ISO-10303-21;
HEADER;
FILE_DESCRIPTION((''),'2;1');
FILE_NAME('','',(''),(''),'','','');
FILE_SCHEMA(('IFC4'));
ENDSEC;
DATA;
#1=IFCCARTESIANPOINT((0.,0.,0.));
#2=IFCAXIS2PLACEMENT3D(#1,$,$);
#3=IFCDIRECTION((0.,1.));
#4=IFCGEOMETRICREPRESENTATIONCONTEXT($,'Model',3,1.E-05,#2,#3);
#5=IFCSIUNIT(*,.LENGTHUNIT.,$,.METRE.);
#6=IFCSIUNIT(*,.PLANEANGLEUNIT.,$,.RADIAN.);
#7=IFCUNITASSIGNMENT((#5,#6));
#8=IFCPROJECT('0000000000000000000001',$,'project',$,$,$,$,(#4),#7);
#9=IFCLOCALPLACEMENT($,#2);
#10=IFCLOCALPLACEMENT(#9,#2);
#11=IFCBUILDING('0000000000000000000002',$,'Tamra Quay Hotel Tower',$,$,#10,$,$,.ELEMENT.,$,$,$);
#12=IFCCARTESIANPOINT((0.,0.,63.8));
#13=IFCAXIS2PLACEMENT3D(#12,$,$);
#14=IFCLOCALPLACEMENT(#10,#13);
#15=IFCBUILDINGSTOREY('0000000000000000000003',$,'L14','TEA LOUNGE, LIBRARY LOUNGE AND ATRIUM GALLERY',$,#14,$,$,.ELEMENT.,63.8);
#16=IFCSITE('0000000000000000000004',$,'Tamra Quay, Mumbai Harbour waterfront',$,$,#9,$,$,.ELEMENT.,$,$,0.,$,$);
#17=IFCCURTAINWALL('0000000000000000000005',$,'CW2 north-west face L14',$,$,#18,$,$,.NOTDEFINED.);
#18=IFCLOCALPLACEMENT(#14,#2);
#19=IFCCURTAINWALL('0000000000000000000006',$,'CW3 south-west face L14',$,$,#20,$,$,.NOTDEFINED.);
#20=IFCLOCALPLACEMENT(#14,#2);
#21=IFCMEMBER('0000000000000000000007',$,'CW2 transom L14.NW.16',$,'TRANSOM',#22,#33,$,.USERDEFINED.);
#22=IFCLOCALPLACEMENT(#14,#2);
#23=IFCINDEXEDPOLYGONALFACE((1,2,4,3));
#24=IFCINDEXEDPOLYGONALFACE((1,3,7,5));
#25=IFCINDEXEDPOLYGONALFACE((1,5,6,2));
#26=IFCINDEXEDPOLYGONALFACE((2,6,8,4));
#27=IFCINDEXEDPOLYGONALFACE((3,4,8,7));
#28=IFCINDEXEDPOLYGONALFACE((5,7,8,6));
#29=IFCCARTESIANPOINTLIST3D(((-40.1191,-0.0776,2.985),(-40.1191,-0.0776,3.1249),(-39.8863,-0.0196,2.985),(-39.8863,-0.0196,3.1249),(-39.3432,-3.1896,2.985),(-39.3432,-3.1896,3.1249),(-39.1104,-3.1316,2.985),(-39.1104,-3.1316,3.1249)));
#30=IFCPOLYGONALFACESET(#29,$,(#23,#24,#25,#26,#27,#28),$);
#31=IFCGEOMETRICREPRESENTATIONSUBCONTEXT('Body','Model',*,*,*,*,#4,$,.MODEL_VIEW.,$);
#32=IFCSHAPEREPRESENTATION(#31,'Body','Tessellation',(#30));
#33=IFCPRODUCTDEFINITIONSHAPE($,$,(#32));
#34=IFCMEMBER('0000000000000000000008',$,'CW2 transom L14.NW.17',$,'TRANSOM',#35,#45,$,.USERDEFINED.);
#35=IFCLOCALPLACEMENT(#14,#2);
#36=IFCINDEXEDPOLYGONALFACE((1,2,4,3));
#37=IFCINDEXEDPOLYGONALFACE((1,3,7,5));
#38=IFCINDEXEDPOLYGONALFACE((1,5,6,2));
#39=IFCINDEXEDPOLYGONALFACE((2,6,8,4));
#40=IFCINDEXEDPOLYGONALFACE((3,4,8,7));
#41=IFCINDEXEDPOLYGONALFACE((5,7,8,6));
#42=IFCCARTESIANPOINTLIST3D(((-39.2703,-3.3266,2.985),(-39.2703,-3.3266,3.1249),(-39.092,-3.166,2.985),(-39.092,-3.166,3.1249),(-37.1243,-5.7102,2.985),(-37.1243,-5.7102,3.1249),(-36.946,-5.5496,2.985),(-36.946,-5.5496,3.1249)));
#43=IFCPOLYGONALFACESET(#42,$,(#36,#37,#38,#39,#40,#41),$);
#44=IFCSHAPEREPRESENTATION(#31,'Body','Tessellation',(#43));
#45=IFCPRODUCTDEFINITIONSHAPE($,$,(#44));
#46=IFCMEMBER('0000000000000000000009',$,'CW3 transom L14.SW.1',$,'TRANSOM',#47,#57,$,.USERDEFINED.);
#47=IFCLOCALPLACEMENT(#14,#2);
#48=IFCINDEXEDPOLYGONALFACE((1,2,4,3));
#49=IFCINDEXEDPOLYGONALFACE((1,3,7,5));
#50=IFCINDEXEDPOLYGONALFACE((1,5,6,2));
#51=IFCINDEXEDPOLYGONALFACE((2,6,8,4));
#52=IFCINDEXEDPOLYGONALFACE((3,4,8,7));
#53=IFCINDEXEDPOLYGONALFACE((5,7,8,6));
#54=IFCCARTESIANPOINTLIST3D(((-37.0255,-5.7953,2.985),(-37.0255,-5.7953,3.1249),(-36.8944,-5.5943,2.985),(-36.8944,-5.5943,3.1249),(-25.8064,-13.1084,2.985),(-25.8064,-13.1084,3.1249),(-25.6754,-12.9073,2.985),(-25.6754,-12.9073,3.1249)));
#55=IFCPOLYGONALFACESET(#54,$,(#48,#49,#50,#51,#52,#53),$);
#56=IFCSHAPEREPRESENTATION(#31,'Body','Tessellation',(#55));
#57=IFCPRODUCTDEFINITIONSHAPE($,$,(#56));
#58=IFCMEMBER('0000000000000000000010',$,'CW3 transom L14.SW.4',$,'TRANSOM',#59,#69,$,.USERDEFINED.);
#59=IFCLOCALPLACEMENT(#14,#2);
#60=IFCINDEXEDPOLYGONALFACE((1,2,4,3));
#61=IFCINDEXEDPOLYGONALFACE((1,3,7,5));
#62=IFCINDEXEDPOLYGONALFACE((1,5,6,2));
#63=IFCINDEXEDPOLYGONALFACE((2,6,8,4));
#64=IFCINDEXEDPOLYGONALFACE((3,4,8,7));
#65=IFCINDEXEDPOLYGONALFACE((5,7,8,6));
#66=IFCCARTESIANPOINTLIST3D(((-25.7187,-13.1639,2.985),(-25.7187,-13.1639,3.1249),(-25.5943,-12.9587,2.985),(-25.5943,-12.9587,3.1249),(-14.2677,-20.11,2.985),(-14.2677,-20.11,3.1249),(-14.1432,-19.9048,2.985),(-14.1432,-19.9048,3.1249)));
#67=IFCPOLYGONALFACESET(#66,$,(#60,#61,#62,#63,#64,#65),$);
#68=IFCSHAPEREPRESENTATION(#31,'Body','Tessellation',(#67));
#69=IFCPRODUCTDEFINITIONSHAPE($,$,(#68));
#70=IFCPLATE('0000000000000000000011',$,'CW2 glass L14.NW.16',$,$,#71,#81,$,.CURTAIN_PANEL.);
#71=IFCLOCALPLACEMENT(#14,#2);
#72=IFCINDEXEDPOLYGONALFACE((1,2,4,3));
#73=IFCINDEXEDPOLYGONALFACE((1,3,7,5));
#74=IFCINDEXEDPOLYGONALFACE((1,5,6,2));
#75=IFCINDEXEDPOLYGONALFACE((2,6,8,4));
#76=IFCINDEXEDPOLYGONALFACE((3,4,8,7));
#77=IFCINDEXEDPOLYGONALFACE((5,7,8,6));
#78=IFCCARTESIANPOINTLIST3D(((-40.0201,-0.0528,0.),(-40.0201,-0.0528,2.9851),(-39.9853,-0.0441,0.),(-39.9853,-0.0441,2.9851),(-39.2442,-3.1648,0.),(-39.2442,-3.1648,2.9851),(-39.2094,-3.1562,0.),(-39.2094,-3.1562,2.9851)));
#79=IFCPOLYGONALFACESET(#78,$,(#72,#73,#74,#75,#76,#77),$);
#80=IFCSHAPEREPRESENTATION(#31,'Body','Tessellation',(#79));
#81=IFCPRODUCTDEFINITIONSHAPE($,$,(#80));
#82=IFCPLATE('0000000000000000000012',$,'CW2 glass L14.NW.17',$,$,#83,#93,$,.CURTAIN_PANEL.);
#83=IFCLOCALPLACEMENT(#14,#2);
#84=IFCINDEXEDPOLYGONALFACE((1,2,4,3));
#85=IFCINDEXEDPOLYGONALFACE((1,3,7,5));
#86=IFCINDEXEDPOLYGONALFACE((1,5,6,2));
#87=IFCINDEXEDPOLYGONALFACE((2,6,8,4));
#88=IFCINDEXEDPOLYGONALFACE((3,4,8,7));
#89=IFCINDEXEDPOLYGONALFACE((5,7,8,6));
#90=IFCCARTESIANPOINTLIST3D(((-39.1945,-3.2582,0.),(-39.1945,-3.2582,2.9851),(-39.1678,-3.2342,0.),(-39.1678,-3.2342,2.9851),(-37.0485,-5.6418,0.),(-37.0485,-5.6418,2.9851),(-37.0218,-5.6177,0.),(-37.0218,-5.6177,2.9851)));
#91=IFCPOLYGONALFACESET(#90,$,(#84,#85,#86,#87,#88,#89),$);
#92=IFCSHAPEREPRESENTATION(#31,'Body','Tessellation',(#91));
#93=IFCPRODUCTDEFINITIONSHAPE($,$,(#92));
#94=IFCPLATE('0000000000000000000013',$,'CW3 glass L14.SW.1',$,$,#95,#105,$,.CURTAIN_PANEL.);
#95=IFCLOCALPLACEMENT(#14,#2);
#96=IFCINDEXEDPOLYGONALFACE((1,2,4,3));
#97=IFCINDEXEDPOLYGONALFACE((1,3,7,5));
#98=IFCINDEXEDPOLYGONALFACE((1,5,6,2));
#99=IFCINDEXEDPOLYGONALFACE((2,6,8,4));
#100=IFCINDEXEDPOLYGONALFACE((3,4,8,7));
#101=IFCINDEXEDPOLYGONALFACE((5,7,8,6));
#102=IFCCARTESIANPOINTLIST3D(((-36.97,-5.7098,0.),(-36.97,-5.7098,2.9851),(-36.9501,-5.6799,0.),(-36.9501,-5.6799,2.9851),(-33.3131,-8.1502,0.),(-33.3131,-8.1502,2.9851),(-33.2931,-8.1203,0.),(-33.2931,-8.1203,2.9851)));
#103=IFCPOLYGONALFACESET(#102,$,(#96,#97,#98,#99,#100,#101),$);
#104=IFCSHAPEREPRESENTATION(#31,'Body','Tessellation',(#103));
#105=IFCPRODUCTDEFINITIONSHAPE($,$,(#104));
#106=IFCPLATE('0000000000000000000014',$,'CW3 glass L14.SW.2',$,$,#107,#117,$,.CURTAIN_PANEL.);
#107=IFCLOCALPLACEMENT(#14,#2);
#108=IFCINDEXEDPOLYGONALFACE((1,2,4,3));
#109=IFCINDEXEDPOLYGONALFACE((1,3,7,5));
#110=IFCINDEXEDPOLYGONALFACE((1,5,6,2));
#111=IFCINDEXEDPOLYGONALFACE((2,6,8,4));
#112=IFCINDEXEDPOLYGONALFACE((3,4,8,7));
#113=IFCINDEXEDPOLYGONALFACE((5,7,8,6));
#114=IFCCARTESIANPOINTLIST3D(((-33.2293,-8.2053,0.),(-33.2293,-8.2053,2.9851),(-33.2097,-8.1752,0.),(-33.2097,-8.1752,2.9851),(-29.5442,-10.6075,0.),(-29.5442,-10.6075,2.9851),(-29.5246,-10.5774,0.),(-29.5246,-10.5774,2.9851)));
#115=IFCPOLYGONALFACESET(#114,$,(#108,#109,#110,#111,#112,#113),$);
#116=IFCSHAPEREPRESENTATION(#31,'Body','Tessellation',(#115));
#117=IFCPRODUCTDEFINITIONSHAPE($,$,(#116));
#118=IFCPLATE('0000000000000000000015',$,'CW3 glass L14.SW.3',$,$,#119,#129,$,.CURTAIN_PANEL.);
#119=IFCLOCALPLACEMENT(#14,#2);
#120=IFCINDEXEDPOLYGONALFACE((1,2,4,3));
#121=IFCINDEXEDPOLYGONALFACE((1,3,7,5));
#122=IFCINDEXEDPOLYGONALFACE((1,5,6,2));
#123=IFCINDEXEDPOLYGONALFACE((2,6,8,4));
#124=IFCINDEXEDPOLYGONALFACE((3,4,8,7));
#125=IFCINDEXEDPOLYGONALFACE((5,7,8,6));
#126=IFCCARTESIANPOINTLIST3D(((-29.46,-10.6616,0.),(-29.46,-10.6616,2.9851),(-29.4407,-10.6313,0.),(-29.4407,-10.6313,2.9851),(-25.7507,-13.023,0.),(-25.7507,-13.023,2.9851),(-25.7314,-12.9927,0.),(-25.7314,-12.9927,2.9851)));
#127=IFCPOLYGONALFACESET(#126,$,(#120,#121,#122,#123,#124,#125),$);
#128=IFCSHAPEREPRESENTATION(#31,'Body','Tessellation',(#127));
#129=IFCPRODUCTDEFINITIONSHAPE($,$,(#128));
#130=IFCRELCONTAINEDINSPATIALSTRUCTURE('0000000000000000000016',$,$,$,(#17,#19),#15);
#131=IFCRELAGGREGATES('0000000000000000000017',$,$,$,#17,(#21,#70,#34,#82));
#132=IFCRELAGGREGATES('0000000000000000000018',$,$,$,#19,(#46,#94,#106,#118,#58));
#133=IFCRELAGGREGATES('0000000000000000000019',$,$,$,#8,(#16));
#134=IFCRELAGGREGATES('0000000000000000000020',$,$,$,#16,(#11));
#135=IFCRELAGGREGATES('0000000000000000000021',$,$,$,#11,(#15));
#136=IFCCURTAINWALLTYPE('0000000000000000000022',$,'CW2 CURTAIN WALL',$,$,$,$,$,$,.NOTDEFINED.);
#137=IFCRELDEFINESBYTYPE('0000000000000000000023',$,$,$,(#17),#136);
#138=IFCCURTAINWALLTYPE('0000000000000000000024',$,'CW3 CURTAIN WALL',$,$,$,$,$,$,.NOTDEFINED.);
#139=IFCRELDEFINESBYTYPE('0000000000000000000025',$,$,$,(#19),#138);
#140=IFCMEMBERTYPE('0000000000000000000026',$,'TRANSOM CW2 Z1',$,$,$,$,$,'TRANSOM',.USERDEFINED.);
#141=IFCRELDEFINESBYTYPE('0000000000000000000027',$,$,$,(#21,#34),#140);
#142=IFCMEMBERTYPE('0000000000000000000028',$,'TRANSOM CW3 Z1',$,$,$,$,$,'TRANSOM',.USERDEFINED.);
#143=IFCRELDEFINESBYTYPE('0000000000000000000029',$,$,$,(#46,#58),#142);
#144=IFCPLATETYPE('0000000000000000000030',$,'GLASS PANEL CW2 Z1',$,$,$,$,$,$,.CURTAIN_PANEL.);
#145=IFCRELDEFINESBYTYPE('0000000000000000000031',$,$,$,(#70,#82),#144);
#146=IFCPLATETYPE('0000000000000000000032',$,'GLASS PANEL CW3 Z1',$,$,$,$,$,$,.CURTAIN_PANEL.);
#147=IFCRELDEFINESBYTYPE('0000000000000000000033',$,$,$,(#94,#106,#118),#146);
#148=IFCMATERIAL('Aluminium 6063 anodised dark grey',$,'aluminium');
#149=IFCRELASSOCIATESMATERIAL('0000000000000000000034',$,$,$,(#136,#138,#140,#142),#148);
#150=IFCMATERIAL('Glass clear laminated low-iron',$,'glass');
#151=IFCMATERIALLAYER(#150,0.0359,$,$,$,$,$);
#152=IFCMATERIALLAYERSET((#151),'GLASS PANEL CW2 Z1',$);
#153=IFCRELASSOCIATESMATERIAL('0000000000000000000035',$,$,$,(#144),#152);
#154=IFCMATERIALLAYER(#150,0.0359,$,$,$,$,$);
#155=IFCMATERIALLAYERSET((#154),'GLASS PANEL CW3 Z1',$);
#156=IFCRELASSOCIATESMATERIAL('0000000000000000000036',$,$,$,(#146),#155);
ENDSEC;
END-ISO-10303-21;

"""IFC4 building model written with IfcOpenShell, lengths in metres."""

from ifc_helpers import new_model, si_unit, direction, frame, origin, origin_2d, place, context, subcontext, project, spatial, rectangle, extrude, material, layer, layer_set, material_profile, profile_set, type_object, element, aggregate, save


model = new_model("IFC4")

# Units and contexts
model_context = context("Model", 3, precision=1e-05, world=origin(), true_north=direction((0.0, 1.0)))
body_context = subcontext(model_context, "Body", "Model", "MODEL_VIEW")
ifc_project = project(units=[si_unit("LENGTHUNIT", "METRE"), si_unit("PLANEANGLEUNIT", "RADIAN")], contexts=[model_context])

# Site, building, storey
site_placement = place(None, origin())
site = spatial("IfcSite", under=ifc_project, at=site_placement, Name="Tamra Quay, Mumbai Harbour waterfront", CompositionType="ELEMENT", RefElevation=0.0)
building_placement = place(site_placement, origin())
building = spatial("IfcBuilding", under=site, at=building_placement, Name="Tamra Quay Hotel Tower", CompositionType="ELEMENT")
storey_placement = place(building_placement, frame((0.0, 0.0, 63.8)))
storey = spatial("IfcBuildingStorey", under=building, at=storey_placement, Name="L14", Description="TEA LOUNGE, LIBRARY LOUNGE AND ATRIUM GALLERY", CompositionType="ELEMENT", Elevation=63.8)

# Curtain walls
ifc_material_1 = material(Name="Aluminium 6063 anodised dark grey", Category="aluminium")
curtain_wall_type_1 = type_object("IfcCurtainWallType", Name="CW2 CURTAIN WALL", PredefinedType="NOTDEFINED", material=ifc_material_1)
curtain_wall_1_placement = place(storey_placement, origin())
curtain_wall_1 = element("IfcCurtainWall", 1, at=curtain_wall_1_placement, inside=storey, type_object=curtain_wall_type_1, Name="CW2 north-west face L14", PredefinedType="NOTDEFINED")
curtain_wall_type_2 = type_object("IfcCurtainWallType", Name="CW3 CURTAIN WALL", PredefinedType="NOTDEFINED", material=ifc_material_1)
curtain_wall_2_placement = place(storey_placement, origin())
curtain_wall_2 = element("IfcCurtainWall", 2, at=curtain_wall_2_placement, inside=storey, type_object=curtain_wall_type_2, Name="CW3 south-west face L14", PredefinedType="NOTDEFINED")

# Members
ifc_material_profile_1 = material_profile(ifc_material_1, rectangle(XDim=0.24, YDim=0.1399, at=origin_2d()), Name="TRANSOM 240X140")
ifc_profile_set_1 = profile_set([ifc_material_profile_1], Name="Aluminium 6063 anodised dark grey")
member_type_1 = type_object("IfcMemberType", Name="TRANSOM CW2 Z1", ElementType="TRANSOM", PredefinedType="USERDEFINED", material=ifc_profile_set_1)
member_1_placement = place(storey_placement, frame((-40.0027, -0.0486, 3.0549), z_axis=(0.241909, -0.970299, 0.0), x_axis=(0.970299, 0.241909, 0.0)))
member_1 = element("IfcMember", 3, at=member_1_placement, type_object=member_type_1, Name="CW2 transom L14.NW.16", ObjectType="TRANSOM", PredefinedType="USERDEFINED", context=body_context, shape_type="SweptSolid", body=[
    extrude(rectangle(XDim=0.24, YDim=0.1399, at=origin_2d()), origin(), (0.0, 0.0, 1.0), 3.2073),
])
member_2_placement = place(storey_placement, frame((-39.1812, -3.2463, 3.0549), z_axis=(0.669104, -0.743169, 0.0), x_axis=(0.743169, 0.669104, 0.0)))
member_2 = element("IfcMember", 4, at=member_2_placement, type_object=member_type_1, Name="CW2 transom L14.NW.17", ObjectType="TRANSOM", PredefinedType="USERDEFINED", context=body_context, shape_type="SweptSolid", body=[
    extrude(rectangle(XDim=0.24, YDim=0.1399, at=origin_2d()), origin(), (0.0, 0.0, 1.0), 3.2073),
])
ifc_material_profile_2 = material_profile(ifc_material_1, rectangle(XDim=0.24, YDim=0.1399, at=origin_2d()), Name="TRANSOM 240X140")
ifc_profile_set_2 = profile_set([ifc_material_profile_2], Name="Aluminium 6063 anodised dark grey")
member_type_2 = type_object("IfcMemberType", Name="TRANSOM CW3 Z1", ElementType="TRANSOM", PredefinedType="USERDEFINED", material=ifc_profile_set_2)
member_3_placement = place(storey_placement, frame((-36.96, -5.6948, 3.0549), z_axis=(0.837739, -0.546071, 0.0), x_axis=(0.546071, 0.837739, 0.0)))
member_3 = element("IfcMember", 5, at=member_3_placement, type_object=member_type_2, Name="CW3 transom L14.SW.1", ObjectType="TRANSOM", PredefinedType="USERDEFINED", context=body_context, shape_type="SweptSolid", body=[
    extrude(rectangle(XDim=0.24, YDim=0.1399, at=origin_2d()), origin(), (0.0, 0.0, 1.0), 13.3921),
])
member_4_placement = place(storey_placement, frame((-25.6565, -13.0613, 3.0549), z_axis=(0.854996, -0.518634, 0.0), x_axis=(0.518634, 0.854996, 0.0)))
member_4 = element("IfcMember", 6, at=member_4_placement, type_object=member_type_2, Name="CW3 transom L14.SW.4", ObjectType="TRANSOM", PredefinedType="USERDEFINED", context=body_context, shape_type="SweptSolid", body=[
    extrude(rectangle(XDim=0.24, YDim=0.1399, at=origin_2d()), origin(), (0.0, 0.0, 1.0), 13.3931),
])

# Plates
ifc_material_2 = material(Name="Glass clear laminated low-iron", Category="glass")
ifc_layer_1 = layer(ifc_material_2, 0.0359)
ifc_layer_set_1 = layer_set([ifc_layer_1], Name="GLASS PANEL CW2 Z1")
plate_type_1 = type_object("IfcPlateType", Name="GLASS PANEL CW2 Z1", PredefinedType="CURTAIN_PANEL", material=ifc_layer_set_1)
plate_1_placement = place(storey_placement, frame((-39.6147, -1.6045, 0.0), z_axis=(0.0, 0.0, 1.0), x_axis=(0.241914, -0.970298, 0.0)))
plate_1 = element("IfcPlate", 7, at=plate_1_placement, type_object=plate_type_1, Name="CW2 glass L14.NW.16", PredefinedType="CURTAIN_PANEL", context=body_context, shape_type="SweptSolid", body=[
    extrude(rectangle(XDim=3.2073, YDim=0.0359, at=origin_2d()), origin(), (0.0, 0.0, 1.0), 2.9851),
])
plate_2_placement = place(storey_placement, frame((-38.1082, -4.438, 0.0), z_axis=(0.0, 0.0, 1.0), x_axis=(0.669112, -0.743161, 0.0)))
plate_2 = element("IfcPlate", 8, at=plate_2_placement, type_object=plate_type_1, Name="CW2 glass L14.NW.17", PredefinedType="CURTAIN_PANEL", context=body_context, shape_type="SweptSolid", body=[
    extrude(rectangle(XDim=3.2073, YDim=0.0359, at=origin_2d()), origin(), (0.0, 0.0, 1.0), 2.9851),
])
aggregate(curtain_wall_1, [member_1, plate_1, member_2, plate_2])
ifc_layer_2 = layer(ifc_material_2, 0.0359)
ifc_layer_set_2 = layer_set([ifc_layer_2], Name="GLASS PANEL CW3 Z1")
plate_type_2 = type_object("IfcPlateType", Name="GLASS PANEL CW3 Z1", PredefinedType="CURTAIN_PANEL", material=ifc_layer_set_2)
plate_3_placement = place(storey_placement, frame((-35.1316, -6.915, 0.0), z_axis=(0.0, 0.0, 1.0), x_axis=(0.831798, -0.555078, 0.0)))
plate_3 = element("IfcPlate", 9, at=plate_3_placement, type_object=plate_type_2, Name="CW3 glass L14.SW.1", PredefinedType="CURTAIN_PANEL", context=body_context, shape_type="SweptSolid", body=[
    extrude(rectangle(XDim=4.3965, YDim=0.0359, at=origin_2d()), origin(), (0.0, 0.0, 1.0), 2.9851),
])
plate_4_placement = place(storey_placement, frame((-31.377, -9.3914, 0.0), z_axis=(0.0, 0.0, 1.0), x_axis=(0.837728, -0.546088, 0.0)))
plate_4 = element("IfcPlate", 10, at=plate_4_placement, type_object=plate_type_2, Name="CW3 glass L14.SW.2", PredefinedType="CURTAIN_PANEL", context=body_context, shape_type="SweptSolid", body=[
    extrude(rectangle(XDim=4.3989, YDim=0.0359, at=origin_2d()), origin(), (0.0, 0.0, 1.0), 2.9851),
])
plate_5_placement = place(storey_placement, frame((-27.5957, -11.8271, 0.0), z_axis=(0.0, 0.0, 1.0), x_axis=(0.843571, -0.537018, 0.0)))
plate_5 = element("IfcPlate", 11, at=plate_5_placement, type_object=plate_type_2, Name="CW3 glass L14.SW.3", PredefinedType="CURTAIN_PANEL", context=body_context, shape_type="SweptSolid", body=[
    extrude(rectangle(XDim=4.3972, YDim=0.0359, at=origin_2d()), origin(), (0.0, 0.0, 1.0), 2.9851),
])
aggregate(curtain_wall_2, [member_3, plate_3, plate_4, plate_5, member_4])

save(model, "model.ifc")
